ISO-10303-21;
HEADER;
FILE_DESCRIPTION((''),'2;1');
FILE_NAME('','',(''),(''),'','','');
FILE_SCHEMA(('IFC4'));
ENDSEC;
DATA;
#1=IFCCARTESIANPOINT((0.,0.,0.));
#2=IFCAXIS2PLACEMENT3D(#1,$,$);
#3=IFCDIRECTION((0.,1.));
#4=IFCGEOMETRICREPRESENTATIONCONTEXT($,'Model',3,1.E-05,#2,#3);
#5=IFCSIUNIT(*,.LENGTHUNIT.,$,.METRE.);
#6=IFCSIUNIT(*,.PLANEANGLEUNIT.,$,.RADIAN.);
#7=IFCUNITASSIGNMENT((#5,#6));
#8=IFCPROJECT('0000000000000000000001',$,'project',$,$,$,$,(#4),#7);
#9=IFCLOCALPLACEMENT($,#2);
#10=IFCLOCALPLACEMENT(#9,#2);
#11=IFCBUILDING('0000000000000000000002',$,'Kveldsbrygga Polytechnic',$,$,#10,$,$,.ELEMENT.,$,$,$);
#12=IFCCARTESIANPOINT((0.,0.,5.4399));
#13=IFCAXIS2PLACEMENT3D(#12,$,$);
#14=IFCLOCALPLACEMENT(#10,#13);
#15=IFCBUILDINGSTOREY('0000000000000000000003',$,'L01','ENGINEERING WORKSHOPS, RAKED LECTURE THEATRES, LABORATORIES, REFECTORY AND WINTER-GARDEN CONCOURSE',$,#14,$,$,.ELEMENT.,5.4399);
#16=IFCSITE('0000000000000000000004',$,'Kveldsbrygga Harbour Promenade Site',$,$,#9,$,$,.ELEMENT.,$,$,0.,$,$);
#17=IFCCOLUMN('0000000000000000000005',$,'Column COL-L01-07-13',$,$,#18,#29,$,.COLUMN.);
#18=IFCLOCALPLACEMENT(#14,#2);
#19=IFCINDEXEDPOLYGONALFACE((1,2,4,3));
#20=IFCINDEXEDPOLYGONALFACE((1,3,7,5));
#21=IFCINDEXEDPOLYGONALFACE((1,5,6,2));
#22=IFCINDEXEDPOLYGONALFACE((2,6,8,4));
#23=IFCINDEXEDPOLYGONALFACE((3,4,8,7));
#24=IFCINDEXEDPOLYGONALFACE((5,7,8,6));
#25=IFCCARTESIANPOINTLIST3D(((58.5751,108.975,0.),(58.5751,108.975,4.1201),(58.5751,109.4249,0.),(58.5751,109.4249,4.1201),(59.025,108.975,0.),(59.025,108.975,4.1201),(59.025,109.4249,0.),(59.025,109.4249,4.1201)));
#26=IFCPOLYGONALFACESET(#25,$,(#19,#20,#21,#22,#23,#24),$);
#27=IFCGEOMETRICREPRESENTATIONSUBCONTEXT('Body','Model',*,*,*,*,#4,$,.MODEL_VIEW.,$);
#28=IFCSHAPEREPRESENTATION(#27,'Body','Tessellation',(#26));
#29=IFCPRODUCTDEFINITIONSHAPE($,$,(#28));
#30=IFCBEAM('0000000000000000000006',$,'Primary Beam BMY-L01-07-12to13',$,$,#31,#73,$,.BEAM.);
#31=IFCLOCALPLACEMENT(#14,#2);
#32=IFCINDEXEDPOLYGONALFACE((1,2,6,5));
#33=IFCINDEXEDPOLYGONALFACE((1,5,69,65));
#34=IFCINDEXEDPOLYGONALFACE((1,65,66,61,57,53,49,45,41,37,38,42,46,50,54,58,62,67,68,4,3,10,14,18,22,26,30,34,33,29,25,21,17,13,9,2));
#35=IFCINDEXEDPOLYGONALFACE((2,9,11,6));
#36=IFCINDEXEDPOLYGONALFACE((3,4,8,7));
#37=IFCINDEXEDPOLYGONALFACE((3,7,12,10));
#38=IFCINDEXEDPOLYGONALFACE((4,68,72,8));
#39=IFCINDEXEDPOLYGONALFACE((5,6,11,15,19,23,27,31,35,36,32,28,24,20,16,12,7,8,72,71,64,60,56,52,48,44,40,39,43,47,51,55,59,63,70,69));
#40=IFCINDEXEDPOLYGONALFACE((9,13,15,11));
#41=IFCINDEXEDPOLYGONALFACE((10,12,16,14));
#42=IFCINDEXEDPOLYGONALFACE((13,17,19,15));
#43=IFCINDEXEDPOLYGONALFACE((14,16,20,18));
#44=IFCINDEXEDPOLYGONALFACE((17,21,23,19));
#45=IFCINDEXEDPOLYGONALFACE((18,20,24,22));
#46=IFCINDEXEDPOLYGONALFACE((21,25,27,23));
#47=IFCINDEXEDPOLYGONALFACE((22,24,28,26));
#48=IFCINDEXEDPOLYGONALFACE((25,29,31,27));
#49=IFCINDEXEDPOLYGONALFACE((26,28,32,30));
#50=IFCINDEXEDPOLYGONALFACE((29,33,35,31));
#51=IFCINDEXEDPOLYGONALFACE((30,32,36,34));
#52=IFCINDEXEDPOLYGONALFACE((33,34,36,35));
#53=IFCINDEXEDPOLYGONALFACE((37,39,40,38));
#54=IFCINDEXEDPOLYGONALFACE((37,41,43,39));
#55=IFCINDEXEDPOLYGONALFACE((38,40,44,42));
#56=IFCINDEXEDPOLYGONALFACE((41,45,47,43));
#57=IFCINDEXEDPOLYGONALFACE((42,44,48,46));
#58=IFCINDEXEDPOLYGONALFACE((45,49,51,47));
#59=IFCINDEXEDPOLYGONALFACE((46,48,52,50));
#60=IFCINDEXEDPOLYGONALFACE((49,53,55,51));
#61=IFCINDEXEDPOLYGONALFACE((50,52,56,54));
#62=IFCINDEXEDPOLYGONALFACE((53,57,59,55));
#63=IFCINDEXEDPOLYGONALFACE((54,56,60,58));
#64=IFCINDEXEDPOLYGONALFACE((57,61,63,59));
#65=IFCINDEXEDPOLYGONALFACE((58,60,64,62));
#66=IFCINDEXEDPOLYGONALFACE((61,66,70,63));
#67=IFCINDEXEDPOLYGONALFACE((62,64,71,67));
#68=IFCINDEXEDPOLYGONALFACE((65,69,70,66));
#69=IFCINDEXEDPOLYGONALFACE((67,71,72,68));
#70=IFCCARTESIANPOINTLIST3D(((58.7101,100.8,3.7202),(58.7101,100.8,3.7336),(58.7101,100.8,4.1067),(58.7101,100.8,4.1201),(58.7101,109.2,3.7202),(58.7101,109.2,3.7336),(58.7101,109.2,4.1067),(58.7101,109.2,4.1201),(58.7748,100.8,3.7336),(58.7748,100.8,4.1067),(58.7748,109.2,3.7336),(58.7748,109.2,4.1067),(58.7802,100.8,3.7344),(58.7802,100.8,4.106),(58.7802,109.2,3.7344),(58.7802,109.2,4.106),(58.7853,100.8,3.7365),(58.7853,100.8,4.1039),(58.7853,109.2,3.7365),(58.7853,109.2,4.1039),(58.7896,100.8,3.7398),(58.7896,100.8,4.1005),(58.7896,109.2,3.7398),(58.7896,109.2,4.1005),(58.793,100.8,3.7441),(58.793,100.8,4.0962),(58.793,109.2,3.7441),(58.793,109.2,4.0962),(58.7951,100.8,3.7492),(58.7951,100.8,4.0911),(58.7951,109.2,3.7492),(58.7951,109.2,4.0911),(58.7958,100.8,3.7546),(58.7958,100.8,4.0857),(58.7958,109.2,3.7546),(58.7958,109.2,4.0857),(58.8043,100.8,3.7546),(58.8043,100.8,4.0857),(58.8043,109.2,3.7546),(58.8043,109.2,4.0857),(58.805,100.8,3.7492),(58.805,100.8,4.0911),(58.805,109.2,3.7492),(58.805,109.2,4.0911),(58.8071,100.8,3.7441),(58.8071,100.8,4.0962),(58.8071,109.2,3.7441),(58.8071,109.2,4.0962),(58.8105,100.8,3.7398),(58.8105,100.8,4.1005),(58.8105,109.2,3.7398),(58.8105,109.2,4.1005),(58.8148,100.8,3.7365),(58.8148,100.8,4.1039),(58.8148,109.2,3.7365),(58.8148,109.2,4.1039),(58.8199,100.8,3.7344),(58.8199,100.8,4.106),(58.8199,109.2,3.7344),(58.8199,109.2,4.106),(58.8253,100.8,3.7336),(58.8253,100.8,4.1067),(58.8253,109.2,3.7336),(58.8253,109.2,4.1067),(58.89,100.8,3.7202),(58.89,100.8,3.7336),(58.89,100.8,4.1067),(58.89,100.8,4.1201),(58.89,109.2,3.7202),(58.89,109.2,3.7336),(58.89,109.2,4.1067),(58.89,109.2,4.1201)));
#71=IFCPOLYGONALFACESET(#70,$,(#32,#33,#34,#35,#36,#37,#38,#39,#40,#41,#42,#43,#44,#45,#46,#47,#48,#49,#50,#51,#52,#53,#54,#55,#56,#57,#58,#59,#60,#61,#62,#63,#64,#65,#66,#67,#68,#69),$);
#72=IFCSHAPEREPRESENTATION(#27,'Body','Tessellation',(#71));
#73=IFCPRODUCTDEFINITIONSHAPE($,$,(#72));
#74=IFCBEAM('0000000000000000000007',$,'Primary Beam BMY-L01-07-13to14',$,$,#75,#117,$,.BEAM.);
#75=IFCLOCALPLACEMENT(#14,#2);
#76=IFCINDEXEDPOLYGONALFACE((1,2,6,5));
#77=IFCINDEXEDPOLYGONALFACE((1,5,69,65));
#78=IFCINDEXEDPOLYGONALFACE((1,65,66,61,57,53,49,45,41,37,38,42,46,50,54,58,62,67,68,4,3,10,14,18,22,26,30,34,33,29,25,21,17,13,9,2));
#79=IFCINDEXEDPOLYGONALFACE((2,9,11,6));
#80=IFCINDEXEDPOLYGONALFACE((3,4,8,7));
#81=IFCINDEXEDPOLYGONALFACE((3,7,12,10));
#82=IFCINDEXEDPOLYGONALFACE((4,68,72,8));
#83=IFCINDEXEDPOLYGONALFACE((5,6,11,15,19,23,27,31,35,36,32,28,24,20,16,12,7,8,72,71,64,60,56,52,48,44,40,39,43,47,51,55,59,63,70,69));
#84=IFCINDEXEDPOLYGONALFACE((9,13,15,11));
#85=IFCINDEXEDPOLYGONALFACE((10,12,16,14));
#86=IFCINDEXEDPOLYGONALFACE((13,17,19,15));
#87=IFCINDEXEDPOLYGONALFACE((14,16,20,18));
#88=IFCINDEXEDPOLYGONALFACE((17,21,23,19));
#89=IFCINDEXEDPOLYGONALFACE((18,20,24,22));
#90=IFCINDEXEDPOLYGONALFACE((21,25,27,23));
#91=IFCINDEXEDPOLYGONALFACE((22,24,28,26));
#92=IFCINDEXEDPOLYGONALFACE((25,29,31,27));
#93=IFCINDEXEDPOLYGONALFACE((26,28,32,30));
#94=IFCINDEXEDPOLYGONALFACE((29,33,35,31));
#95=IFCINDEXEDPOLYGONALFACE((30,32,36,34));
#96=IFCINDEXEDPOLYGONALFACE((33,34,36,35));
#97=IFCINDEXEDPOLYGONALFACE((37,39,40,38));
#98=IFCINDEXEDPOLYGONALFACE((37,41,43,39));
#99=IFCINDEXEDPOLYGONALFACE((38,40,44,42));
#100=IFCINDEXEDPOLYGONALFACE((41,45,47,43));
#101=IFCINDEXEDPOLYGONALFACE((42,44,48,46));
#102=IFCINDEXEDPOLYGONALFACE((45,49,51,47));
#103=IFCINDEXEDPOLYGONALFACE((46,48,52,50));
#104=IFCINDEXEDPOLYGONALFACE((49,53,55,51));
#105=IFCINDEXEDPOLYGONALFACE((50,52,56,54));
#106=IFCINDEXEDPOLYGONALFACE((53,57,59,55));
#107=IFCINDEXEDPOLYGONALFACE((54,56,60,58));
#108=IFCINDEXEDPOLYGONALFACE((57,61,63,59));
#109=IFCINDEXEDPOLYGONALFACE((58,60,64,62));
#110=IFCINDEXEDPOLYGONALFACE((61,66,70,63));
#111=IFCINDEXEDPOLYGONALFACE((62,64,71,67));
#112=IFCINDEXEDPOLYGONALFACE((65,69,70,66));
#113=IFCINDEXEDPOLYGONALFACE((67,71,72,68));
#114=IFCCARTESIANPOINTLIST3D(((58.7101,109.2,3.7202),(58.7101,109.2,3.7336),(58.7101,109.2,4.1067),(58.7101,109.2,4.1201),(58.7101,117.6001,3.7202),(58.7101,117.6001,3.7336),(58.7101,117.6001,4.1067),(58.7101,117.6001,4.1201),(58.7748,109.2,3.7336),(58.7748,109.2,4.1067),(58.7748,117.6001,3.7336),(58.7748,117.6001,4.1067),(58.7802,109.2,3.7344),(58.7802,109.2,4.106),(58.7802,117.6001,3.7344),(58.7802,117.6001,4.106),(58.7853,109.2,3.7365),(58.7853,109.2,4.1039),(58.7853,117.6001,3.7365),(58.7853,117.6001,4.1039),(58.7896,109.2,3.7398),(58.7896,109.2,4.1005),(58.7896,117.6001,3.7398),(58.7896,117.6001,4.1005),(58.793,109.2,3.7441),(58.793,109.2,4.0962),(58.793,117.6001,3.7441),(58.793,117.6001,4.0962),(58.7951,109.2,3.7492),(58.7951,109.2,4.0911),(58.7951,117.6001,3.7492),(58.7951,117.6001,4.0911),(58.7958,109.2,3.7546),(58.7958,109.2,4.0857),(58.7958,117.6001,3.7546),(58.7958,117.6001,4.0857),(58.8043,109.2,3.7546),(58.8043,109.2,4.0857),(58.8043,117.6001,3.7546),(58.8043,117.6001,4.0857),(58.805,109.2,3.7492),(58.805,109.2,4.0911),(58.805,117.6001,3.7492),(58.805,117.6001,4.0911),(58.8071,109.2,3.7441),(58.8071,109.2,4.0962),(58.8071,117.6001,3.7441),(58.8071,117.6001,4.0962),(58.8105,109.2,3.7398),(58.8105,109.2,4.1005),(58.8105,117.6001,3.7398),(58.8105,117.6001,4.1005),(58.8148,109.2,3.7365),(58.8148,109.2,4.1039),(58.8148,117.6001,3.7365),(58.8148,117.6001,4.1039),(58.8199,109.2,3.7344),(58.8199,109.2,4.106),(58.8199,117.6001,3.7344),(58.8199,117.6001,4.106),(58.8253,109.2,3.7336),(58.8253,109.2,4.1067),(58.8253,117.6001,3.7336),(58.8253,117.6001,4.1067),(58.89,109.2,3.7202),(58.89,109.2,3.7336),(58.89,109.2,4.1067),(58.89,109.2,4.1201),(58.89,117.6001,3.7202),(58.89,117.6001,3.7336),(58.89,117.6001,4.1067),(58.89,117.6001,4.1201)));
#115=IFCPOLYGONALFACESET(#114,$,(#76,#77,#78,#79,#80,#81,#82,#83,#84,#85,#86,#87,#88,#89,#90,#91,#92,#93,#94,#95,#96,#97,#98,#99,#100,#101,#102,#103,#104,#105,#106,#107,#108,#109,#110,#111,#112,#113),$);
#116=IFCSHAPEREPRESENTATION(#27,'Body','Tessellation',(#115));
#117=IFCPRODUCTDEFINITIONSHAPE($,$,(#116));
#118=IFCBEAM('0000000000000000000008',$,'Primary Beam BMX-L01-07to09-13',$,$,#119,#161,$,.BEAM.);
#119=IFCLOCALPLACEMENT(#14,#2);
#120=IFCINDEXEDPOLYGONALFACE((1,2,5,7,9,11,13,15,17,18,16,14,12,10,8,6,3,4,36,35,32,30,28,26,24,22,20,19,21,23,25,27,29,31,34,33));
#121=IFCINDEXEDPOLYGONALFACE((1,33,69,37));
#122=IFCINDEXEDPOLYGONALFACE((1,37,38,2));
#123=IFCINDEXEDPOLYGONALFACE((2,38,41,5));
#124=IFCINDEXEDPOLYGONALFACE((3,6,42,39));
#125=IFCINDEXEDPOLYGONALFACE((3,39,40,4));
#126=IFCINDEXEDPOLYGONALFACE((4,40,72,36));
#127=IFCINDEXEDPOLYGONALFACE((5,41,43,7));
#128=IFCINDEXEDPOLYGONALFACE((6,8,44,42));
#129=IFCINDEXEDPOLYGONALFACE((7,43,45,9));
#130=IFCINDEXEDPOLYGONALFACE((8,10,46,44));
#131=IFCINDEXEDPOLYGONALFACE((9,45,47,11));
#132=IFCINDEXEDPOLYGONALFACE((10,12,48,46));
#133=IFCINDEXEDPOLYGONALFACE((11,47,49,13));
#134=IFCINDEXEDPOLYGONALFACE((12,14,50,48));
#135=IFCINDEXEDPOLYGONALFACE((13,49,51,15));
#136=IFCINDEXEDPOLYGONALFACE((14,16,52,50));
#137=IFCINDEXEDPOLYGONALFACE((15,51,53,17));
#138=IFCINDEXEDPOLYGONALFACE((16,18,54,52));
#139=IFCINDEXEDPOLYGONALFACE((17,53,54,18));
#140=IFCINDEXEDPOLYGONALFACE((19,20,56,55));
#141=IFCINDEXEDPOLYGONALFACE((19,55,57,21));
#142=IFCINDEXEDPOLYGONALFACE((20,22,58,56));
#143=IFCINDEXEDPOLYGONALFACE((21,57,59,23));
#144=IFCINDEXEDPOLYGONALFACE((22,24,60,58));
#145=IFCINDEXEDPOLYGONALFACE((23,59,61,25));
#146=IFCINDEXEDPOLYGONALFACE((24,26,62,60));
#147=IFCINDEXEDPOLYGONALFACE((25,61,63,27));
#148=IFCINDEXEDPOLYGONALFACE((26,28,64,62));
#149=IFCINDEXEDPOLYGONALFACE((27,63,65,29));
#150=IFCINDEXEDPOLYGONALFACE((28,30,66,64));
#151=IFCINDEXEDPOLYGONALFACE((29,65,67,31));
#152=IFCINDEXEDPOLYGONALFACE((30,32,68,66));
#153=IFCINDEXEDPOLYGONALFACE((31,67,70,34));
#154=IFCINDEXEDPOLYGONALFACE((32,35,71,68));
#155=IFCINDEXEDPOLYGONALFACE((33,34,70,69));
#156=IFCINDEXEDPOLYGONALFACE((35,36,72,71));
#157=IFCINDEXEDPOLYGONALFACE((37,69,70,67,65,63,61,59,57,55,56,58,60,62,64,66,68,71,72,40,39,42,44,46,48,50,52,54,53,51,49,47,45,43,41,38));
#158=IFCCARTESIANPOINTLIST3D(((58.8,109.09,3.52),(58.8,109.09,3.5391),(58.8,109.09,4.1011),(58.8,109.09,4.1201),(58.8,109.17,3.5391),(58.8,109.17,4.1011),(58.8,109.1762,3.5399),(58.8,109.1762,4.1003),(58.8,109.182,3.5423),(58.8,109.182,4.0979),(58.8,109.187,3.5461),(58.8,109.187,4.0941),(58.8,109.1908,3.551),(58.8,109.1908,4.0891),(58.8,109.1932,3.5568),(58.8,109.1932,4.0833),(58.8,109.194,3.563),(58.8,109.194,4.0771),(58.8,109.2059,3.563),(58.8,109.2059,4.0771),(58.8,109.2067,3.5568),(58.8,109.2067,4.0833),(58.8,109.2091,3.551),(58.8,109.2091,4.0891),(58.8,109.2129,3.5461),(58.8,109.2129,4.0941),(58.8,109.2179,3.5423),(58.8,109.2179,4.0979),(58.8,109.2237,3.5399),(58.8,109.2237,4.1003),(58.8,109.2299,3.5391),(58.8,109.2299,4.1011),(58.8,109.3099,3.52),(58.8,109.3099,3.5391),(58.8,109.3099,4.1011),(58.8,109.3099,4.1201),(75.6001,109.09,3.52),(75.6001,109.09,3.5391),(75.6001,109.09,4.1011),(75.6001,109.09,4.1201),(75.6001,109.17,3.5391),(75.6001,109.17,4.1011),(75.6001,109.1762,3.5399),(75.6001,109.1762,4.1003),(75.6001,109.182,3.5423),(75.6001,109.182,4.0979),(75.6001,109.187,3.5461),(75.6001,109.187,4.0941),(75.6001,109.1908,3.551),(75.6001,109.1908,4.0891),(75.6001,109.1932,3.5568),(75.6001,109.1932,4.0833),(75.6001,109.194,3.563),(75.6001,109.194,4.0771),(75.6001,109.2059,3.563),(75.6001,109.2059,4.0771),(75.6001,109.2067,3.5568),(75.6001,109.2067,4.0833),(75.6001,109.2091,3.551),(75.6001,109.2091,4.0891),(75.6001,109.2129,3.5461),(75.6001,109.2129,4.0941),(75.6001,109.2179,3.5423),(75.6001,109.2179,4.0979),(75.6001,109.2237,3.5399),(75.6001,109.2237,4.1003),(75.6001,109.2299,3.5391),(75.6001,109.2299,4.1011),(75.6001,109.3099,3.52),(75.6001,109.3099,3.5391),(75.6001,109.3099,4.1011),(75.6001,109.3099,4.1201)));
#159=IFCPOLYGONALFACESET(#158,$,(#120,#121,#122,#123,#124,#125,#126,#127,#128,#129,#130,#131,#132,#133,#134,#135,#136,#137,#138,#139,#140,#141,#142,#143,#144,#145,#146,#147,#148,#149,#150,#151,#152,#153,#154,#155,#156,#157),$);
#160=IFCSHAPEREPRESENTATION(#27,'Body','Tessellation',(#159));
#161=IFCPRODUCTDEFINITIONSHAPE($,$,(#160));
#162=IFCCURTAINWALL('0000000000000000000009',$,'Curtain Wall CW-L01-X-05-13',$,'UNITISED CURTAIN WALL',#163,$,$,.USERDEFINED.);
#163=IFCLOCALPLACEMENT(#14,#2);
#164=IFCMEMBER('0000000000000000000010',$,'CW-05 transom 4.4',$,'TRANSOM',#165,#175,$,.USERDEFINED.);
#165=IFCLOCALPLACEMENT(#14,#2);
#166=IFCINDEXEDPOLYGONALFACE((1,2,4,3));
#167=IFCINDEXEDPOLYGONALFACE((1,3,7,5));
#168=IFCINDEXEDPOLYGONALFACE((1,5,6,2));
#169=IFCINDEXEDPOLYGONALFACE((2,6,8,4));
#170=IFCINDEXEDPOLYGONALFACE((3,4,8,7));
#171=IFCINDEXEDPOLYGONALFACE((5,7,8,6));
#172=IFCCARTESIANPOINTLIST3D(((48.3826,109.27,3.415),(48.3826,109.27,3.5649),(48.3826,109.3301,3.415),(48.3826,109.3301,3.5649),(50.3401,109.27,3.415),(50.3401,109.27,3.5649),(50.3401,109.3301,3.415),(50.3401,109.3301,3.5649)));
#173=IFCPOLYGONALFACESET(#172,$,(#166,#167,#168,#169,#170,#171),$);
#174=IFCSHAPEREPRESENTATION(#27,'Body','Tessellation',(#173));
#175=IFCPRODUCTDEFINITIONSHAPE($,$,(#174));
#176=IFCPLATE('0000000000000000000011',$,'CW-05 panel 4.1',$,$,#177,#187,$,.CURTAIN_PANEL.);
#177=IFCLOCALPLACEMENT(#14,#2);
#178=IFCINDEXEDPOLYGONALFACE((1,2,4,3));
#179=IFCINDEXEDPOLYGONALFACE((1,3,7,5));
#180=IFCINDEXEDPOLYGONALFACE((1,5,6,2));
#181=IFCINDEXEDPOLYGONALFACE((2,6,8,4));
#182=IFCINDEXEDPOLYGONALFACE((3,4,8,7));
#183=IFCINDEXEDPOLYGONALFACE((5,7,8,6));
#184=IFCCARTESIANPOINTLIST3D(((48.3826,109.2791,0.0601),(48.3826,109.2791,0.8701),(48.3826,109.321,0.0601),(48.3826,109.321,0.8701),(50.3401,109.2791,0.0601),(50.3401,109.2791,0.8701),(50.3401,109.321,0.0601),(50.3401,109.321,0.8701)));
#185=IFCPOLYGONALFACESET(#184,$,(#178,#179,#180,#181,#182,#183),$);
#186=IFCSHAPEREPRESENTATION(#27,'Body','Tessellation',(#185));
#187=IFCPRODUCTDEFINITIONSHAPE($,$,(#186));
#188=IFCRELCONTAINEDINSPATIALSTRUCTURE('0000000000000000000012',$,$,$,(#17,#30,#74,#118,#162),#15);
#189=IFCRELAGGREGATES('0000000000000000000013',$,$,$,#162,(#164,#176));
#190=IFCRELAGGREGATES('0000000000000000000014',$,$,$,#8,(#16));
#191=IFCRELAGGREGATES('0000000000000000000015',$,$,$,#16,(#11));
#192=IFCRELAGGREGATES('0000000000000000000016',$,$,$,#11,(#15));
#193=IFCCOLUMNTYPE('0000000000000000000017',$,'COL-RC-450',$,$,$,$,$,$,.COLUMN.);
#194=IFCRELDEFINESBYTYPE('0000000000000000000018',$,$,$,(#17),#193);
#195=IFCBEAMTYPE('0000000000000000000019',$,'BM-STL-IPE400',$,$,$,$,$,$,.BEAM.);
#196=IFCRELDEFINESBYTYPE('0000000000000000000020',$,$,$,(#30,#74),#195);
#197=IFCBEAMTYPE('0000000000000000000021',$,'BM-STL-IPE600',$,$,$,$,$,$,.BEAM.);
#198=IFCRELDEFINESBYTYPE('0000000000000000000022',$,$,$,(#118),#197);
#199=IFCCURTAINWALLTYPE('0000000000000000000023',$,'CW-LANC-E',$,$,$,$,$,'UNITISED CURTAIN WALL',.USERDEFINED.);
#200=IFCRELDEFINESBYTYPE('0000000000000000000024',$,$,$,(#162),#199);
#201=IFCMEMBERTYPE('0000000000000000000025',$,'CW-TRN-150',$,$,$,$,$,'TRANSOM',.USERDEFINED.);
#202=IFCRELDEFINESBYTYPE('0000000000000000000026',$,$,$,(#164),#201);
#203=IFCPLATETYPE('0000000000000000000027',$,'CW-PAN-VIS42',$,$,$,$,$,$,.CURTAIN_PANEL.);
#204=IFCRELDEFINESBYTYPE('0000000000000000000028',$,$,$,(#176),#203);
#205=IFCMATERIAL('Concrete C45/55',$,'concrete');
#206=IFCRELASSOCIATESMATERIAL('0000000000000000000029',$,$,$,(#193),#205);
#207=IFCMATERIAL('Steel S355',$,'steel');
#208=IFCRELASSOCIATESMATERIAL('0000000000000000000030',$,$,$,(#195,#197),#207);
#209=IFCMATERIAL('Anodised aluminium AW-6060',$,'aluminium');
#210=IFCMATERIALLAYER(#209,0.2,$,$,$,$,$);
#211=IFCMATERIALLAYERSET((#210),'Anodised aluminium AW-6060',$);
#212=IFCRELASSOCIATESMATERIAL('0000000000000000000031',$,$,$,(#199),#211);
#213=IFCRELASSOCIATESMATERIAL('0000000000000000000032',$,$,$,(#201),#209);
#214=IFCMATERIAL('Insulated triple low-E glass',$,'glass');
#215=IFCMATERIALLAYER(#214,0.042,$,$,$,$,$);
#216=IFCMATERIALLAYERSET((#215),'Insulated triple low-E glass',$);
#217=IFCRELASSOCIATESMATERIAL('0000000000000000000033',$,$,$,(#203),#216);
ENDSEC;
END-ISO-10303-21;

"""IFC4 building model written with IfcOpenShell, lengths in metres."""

from ifc_helpers import new_model, si_unit, direction, frame, origin, origin_2d, place, context, subcontext, project, spatial, rectangle, i_section, extrude, material, layer, layer_set, material_profile, profile_set, type_object, element, aggregate, save


model = new_model("IFC4")

# Units and contexts
model_context = context("Model", 3, precision=1e-05, world=origin(), true_north=direction((0.0, 1.0)))
body_context = subcontext(model_context, "Body", "Model", "MODEL_VIEW")
ifc_project = project(units=[si_unit("LENGTHUNIT", "METRE"), si_unit("PLANEANGLEUNIT", "RADIAN")], contexts=[model_context])

# Site, building, storey
site_placement = place(None, origin())
site = spatial("IfcSite", under=ifc_project, at=site_placement, Name="Kveldsbrygga Harbour Promenade Site", CompositionType="ELEMENT", RefElevation=0.0)
building_placement = place(site_placement, origin())
building = spatial("IfcBuilding", under=site, at=building_placement, Name="Kveldsbrygga Polytechnic", CompositionType="ELEMENT")
storey_placement = place(building_placement, frame((0.0, 0.0, 5.4399)))
storey = spatial("IfcBuildingStorey", under=building, at=storey_placement, Name="L01", Description="ENGINEERING WORKSHOPS, RAKED LECTURE THEATRES, LABORATORIES, REFECTORY AND WINTER-GARDEN CONCOURSE", CompositionType="ELEMENT", Elevation=5.4399)

# Column
ifc_material_1 = material(Name="Concrete C45/55", Category="concrete")
ifc_material_profile_1 = material_profile(ifc_material_1, rectangle(XDim=0.45, YDim=0.45, at=origin_2d()), Name="RC 450x450")
ifc_profile_set_1 = profile_set([ifc_material_profile_1], Name="Concrete C45/55")
column_type = type_object("IfcColumnType", Name="COL-RC-450", PredefinedType="COLUMN", material=ifc_profile_set_1)
column_placement = place(storey_placement, frame((58.8, 109.2, 0.0), z_axis=(0.0, 0.0, 1.0), x_axis=(1.0, 0.0, 0.0)))
element("IfcColumn", 1, at=column_placement, inside=storey, type_object=column_type, Name="Column COL-L01-07-13", PredefinedType="COLUMN", context=body_context, shape_type="SweptSolid", body=[
    extrude(rectangle(XDim=0.45, YDim=0.45, at=origin_2d()), origin(), (0.0, 0.0, 1.0), 4.1201),
])

# Beams
ifc_material_2 = material(Name="Steel S355", Category="steel")
ifc_material_profile_2 = material_profile(ifc_material_2, i_section(OverallWidth=0.1799, OverallDepth=0.3999, WebThickness=0.0085, FlangeThickness=0.0134, FilletRadius=0.021, at=origin_2d()), Name="IPE 400")
ifc_profile_set_2 = profile_set([ifc_material_profile_2], Name="Steel S355")
beam_type_1 = type_object("IfcBeamType", Name="BM-STL-IPE400", PredefinedType="BEAM", material=ifc_profile_set_2)
beam_1_placement = place(storey_placement, frame((58.8, 100.8, 3.9202), z_axis=(0.0, 1.0, 0.0), x_axis=(-1.0, 0.0, 0.0)))
element("IfcBeam", 2, at=beam_1_placement, inside=storey, type_object=beam_type_1, Name="Primary Beam BMY-L01-07-12to13", PredefinedType="BEAM", context=body_context, shape_type="SweptSolid", body=[
    extrude(i_section(OverallWidth=0.1799, OverallDepth=0.3999, WebThickness=0.0085, FlangeThickness=0.0134, FilletRadius=0.021, at=origin_2d()), origin(), (0.0, 0.0, 1.0), 8.3999),
])
beam_2_placement = place(storey_placement, frame((58.8, 109.2, 3.9202), z_axis=(0.0, 1.0, 0.0), x_axis=(-1.0, 0.0, 0.0)))
element("IfcBeam", 3, at=beam_2_placement, inside=storey, type_object=beam_type_1, Name="Primary Beam BMY-L01-07-13to14", PredefinedType="BEAM", context=body_context, shape_type="SweptSolid", body=[
    extrude(i_section(OverallWidth=0.1799, OverallDepth=0.3999, WebThickness=0.0085, FlangeThickness=0.0134, FilletRadius=0.021, at=origin_2d()), origin(), (0.0, 0.0, 1.0), 8.4001),
])
ifc_material_profile_3 = material_profile(ifc_material_2, i_section(OverallWidth=0.22, OverallDepth=0.6001, WebThickness=0.012, FlangeThickness=0.019, FilletRadius=0.0239, at=origin_2d()), Name="IPE 600")
ifc_profile_set_3 = profile_set([ifc_material_profile_3], Name="Steel S355")
beam_type_2 = type_object("IfcBeamType", Name="BM-STL-IPE600", PredefinedType="BEAM", material=ifc_profile_set_3)
beam_3_placement = place(storey_placement, frame((58.8, 109.2, 3.8201), z_axis=(1.0, 0.0, 0.0), x_axis=(0.0, 1.0, 0.0)))
element("IfcBeam", 4, at=beam_3_placement, inside=storey, type_object=beam_type_2, Name="Primary Beam BMX-L01-07to09-13", PredefinedType="BEAM", context=body_context, shape_type="SweptSolid", body=[
    extrude(i_section(OverallWidth=0.22, OverallDepth=0.6001, WebThickness=0.012, FlangeThickness=0.019, FilletRadius=0.0239, at=origin_2d()), origin(), (0.0, 0.0, 1.0), 16.8),
])

# Curtain wall, member, plate
ifc_material_3 = material(Name="Anodised aluminium AW-6060", Category="aluminium")
ifc_layer_1 = layer(ifc_material_3, 0.2)
ifc_layer_set_1 = layer_set([ifc_layer_1], Name="Anodised aluminium AW-6060")
curtain_wall_type = type_object("IfcCurtainWallType", Name="CW-LANC-E", ElementType="UNITISED CURTAIN WALL", PredefinedType="USERDEFINED", material=ifc_layer_set_1)
curtain_wall_placement = place(storey_placement, origin())
curtain_wall = element("IfcCurtainWall", 5, at=curtain_wall_placement, inside=storey, type_object=curtain_wall_type, Name="Curtain Wall CW-L01-X-05-13", ObjectType="UNITISED CURTAIN WALL", PredefinedType="USERDEFINED")
ifc_material_profile_4 = material_profile(ifc_material_3, rectangle(XDim=0.0601, YDim=0.1499, at=origin_2d()), Name="ALU 60x150")
ifc_profile_set_4 = profile_set([ifc_material_profile_4], Name="Anodised aluminium AW-6060")
member_type = type_object("IfcMemberType", Name="CW-TRN-150", ElementType="TRANSOM", PredefinedType="USERDEFINED", material=ifc_profile_set_4)
member_placement = place(storey_placement, frame((48.3826, 109.3, 3.49), z_axis=(1.0, 0.0, 0.0), x_axis=(0.0, 1.0, 0.0)))
member = element("IfcMember", 6, at=member_placement, type_object=member_type, Name="CW-05 transom 4.4", ObjectType="TRANSOM", PredefinedType="USERDEFINED", context=body_context, shape_type="SweptSolid", body=[
    extrude(rectangle(XDim=0.0601, YDim=0.1499, at=origin_2d()), origin(), (0.0, 0.0, 1.0), 1.9575),
])
ifc_material_4 = material(Name="Insulated triple low-E glass", Category="glass")
ifc_layer_2 = layer(ifc_material_4, 0.042)
ifc_layer_set_2 = layer_set([ifc_layer_2], Name="Insulated triple low-E glass")
plate_type = type_object("IfcPlateType", Name="CW-PAN-VIS42", PredefinedType="CURTAIN_PANEL", material=ifc_layer_set_2)
plate_1_placement = place(storey_placement, frame((49.3613, 109.3, 0.0601), z_axis=(0.0, 0.0, 1.0), x_axis=(1.0, 0.0, 0.0)))
plate_1 = element("IfcPlate", 7, at=plate_1_placement, type_object=plate_type, Name="CW-05 panel 4.1", PredefinedType="CURTAIN_PANEL", context=body_context, shape_type="SweptSolid", body=[
    extrude(rectangle(XDim=1.9575, YDim=0.042, at=origin_2d()), origin(), (0.0, 0.0, 1.0), 0.8101),
])
aggregate(curtain_wall, [member, plate_1])

save(model, "model.ifc")
